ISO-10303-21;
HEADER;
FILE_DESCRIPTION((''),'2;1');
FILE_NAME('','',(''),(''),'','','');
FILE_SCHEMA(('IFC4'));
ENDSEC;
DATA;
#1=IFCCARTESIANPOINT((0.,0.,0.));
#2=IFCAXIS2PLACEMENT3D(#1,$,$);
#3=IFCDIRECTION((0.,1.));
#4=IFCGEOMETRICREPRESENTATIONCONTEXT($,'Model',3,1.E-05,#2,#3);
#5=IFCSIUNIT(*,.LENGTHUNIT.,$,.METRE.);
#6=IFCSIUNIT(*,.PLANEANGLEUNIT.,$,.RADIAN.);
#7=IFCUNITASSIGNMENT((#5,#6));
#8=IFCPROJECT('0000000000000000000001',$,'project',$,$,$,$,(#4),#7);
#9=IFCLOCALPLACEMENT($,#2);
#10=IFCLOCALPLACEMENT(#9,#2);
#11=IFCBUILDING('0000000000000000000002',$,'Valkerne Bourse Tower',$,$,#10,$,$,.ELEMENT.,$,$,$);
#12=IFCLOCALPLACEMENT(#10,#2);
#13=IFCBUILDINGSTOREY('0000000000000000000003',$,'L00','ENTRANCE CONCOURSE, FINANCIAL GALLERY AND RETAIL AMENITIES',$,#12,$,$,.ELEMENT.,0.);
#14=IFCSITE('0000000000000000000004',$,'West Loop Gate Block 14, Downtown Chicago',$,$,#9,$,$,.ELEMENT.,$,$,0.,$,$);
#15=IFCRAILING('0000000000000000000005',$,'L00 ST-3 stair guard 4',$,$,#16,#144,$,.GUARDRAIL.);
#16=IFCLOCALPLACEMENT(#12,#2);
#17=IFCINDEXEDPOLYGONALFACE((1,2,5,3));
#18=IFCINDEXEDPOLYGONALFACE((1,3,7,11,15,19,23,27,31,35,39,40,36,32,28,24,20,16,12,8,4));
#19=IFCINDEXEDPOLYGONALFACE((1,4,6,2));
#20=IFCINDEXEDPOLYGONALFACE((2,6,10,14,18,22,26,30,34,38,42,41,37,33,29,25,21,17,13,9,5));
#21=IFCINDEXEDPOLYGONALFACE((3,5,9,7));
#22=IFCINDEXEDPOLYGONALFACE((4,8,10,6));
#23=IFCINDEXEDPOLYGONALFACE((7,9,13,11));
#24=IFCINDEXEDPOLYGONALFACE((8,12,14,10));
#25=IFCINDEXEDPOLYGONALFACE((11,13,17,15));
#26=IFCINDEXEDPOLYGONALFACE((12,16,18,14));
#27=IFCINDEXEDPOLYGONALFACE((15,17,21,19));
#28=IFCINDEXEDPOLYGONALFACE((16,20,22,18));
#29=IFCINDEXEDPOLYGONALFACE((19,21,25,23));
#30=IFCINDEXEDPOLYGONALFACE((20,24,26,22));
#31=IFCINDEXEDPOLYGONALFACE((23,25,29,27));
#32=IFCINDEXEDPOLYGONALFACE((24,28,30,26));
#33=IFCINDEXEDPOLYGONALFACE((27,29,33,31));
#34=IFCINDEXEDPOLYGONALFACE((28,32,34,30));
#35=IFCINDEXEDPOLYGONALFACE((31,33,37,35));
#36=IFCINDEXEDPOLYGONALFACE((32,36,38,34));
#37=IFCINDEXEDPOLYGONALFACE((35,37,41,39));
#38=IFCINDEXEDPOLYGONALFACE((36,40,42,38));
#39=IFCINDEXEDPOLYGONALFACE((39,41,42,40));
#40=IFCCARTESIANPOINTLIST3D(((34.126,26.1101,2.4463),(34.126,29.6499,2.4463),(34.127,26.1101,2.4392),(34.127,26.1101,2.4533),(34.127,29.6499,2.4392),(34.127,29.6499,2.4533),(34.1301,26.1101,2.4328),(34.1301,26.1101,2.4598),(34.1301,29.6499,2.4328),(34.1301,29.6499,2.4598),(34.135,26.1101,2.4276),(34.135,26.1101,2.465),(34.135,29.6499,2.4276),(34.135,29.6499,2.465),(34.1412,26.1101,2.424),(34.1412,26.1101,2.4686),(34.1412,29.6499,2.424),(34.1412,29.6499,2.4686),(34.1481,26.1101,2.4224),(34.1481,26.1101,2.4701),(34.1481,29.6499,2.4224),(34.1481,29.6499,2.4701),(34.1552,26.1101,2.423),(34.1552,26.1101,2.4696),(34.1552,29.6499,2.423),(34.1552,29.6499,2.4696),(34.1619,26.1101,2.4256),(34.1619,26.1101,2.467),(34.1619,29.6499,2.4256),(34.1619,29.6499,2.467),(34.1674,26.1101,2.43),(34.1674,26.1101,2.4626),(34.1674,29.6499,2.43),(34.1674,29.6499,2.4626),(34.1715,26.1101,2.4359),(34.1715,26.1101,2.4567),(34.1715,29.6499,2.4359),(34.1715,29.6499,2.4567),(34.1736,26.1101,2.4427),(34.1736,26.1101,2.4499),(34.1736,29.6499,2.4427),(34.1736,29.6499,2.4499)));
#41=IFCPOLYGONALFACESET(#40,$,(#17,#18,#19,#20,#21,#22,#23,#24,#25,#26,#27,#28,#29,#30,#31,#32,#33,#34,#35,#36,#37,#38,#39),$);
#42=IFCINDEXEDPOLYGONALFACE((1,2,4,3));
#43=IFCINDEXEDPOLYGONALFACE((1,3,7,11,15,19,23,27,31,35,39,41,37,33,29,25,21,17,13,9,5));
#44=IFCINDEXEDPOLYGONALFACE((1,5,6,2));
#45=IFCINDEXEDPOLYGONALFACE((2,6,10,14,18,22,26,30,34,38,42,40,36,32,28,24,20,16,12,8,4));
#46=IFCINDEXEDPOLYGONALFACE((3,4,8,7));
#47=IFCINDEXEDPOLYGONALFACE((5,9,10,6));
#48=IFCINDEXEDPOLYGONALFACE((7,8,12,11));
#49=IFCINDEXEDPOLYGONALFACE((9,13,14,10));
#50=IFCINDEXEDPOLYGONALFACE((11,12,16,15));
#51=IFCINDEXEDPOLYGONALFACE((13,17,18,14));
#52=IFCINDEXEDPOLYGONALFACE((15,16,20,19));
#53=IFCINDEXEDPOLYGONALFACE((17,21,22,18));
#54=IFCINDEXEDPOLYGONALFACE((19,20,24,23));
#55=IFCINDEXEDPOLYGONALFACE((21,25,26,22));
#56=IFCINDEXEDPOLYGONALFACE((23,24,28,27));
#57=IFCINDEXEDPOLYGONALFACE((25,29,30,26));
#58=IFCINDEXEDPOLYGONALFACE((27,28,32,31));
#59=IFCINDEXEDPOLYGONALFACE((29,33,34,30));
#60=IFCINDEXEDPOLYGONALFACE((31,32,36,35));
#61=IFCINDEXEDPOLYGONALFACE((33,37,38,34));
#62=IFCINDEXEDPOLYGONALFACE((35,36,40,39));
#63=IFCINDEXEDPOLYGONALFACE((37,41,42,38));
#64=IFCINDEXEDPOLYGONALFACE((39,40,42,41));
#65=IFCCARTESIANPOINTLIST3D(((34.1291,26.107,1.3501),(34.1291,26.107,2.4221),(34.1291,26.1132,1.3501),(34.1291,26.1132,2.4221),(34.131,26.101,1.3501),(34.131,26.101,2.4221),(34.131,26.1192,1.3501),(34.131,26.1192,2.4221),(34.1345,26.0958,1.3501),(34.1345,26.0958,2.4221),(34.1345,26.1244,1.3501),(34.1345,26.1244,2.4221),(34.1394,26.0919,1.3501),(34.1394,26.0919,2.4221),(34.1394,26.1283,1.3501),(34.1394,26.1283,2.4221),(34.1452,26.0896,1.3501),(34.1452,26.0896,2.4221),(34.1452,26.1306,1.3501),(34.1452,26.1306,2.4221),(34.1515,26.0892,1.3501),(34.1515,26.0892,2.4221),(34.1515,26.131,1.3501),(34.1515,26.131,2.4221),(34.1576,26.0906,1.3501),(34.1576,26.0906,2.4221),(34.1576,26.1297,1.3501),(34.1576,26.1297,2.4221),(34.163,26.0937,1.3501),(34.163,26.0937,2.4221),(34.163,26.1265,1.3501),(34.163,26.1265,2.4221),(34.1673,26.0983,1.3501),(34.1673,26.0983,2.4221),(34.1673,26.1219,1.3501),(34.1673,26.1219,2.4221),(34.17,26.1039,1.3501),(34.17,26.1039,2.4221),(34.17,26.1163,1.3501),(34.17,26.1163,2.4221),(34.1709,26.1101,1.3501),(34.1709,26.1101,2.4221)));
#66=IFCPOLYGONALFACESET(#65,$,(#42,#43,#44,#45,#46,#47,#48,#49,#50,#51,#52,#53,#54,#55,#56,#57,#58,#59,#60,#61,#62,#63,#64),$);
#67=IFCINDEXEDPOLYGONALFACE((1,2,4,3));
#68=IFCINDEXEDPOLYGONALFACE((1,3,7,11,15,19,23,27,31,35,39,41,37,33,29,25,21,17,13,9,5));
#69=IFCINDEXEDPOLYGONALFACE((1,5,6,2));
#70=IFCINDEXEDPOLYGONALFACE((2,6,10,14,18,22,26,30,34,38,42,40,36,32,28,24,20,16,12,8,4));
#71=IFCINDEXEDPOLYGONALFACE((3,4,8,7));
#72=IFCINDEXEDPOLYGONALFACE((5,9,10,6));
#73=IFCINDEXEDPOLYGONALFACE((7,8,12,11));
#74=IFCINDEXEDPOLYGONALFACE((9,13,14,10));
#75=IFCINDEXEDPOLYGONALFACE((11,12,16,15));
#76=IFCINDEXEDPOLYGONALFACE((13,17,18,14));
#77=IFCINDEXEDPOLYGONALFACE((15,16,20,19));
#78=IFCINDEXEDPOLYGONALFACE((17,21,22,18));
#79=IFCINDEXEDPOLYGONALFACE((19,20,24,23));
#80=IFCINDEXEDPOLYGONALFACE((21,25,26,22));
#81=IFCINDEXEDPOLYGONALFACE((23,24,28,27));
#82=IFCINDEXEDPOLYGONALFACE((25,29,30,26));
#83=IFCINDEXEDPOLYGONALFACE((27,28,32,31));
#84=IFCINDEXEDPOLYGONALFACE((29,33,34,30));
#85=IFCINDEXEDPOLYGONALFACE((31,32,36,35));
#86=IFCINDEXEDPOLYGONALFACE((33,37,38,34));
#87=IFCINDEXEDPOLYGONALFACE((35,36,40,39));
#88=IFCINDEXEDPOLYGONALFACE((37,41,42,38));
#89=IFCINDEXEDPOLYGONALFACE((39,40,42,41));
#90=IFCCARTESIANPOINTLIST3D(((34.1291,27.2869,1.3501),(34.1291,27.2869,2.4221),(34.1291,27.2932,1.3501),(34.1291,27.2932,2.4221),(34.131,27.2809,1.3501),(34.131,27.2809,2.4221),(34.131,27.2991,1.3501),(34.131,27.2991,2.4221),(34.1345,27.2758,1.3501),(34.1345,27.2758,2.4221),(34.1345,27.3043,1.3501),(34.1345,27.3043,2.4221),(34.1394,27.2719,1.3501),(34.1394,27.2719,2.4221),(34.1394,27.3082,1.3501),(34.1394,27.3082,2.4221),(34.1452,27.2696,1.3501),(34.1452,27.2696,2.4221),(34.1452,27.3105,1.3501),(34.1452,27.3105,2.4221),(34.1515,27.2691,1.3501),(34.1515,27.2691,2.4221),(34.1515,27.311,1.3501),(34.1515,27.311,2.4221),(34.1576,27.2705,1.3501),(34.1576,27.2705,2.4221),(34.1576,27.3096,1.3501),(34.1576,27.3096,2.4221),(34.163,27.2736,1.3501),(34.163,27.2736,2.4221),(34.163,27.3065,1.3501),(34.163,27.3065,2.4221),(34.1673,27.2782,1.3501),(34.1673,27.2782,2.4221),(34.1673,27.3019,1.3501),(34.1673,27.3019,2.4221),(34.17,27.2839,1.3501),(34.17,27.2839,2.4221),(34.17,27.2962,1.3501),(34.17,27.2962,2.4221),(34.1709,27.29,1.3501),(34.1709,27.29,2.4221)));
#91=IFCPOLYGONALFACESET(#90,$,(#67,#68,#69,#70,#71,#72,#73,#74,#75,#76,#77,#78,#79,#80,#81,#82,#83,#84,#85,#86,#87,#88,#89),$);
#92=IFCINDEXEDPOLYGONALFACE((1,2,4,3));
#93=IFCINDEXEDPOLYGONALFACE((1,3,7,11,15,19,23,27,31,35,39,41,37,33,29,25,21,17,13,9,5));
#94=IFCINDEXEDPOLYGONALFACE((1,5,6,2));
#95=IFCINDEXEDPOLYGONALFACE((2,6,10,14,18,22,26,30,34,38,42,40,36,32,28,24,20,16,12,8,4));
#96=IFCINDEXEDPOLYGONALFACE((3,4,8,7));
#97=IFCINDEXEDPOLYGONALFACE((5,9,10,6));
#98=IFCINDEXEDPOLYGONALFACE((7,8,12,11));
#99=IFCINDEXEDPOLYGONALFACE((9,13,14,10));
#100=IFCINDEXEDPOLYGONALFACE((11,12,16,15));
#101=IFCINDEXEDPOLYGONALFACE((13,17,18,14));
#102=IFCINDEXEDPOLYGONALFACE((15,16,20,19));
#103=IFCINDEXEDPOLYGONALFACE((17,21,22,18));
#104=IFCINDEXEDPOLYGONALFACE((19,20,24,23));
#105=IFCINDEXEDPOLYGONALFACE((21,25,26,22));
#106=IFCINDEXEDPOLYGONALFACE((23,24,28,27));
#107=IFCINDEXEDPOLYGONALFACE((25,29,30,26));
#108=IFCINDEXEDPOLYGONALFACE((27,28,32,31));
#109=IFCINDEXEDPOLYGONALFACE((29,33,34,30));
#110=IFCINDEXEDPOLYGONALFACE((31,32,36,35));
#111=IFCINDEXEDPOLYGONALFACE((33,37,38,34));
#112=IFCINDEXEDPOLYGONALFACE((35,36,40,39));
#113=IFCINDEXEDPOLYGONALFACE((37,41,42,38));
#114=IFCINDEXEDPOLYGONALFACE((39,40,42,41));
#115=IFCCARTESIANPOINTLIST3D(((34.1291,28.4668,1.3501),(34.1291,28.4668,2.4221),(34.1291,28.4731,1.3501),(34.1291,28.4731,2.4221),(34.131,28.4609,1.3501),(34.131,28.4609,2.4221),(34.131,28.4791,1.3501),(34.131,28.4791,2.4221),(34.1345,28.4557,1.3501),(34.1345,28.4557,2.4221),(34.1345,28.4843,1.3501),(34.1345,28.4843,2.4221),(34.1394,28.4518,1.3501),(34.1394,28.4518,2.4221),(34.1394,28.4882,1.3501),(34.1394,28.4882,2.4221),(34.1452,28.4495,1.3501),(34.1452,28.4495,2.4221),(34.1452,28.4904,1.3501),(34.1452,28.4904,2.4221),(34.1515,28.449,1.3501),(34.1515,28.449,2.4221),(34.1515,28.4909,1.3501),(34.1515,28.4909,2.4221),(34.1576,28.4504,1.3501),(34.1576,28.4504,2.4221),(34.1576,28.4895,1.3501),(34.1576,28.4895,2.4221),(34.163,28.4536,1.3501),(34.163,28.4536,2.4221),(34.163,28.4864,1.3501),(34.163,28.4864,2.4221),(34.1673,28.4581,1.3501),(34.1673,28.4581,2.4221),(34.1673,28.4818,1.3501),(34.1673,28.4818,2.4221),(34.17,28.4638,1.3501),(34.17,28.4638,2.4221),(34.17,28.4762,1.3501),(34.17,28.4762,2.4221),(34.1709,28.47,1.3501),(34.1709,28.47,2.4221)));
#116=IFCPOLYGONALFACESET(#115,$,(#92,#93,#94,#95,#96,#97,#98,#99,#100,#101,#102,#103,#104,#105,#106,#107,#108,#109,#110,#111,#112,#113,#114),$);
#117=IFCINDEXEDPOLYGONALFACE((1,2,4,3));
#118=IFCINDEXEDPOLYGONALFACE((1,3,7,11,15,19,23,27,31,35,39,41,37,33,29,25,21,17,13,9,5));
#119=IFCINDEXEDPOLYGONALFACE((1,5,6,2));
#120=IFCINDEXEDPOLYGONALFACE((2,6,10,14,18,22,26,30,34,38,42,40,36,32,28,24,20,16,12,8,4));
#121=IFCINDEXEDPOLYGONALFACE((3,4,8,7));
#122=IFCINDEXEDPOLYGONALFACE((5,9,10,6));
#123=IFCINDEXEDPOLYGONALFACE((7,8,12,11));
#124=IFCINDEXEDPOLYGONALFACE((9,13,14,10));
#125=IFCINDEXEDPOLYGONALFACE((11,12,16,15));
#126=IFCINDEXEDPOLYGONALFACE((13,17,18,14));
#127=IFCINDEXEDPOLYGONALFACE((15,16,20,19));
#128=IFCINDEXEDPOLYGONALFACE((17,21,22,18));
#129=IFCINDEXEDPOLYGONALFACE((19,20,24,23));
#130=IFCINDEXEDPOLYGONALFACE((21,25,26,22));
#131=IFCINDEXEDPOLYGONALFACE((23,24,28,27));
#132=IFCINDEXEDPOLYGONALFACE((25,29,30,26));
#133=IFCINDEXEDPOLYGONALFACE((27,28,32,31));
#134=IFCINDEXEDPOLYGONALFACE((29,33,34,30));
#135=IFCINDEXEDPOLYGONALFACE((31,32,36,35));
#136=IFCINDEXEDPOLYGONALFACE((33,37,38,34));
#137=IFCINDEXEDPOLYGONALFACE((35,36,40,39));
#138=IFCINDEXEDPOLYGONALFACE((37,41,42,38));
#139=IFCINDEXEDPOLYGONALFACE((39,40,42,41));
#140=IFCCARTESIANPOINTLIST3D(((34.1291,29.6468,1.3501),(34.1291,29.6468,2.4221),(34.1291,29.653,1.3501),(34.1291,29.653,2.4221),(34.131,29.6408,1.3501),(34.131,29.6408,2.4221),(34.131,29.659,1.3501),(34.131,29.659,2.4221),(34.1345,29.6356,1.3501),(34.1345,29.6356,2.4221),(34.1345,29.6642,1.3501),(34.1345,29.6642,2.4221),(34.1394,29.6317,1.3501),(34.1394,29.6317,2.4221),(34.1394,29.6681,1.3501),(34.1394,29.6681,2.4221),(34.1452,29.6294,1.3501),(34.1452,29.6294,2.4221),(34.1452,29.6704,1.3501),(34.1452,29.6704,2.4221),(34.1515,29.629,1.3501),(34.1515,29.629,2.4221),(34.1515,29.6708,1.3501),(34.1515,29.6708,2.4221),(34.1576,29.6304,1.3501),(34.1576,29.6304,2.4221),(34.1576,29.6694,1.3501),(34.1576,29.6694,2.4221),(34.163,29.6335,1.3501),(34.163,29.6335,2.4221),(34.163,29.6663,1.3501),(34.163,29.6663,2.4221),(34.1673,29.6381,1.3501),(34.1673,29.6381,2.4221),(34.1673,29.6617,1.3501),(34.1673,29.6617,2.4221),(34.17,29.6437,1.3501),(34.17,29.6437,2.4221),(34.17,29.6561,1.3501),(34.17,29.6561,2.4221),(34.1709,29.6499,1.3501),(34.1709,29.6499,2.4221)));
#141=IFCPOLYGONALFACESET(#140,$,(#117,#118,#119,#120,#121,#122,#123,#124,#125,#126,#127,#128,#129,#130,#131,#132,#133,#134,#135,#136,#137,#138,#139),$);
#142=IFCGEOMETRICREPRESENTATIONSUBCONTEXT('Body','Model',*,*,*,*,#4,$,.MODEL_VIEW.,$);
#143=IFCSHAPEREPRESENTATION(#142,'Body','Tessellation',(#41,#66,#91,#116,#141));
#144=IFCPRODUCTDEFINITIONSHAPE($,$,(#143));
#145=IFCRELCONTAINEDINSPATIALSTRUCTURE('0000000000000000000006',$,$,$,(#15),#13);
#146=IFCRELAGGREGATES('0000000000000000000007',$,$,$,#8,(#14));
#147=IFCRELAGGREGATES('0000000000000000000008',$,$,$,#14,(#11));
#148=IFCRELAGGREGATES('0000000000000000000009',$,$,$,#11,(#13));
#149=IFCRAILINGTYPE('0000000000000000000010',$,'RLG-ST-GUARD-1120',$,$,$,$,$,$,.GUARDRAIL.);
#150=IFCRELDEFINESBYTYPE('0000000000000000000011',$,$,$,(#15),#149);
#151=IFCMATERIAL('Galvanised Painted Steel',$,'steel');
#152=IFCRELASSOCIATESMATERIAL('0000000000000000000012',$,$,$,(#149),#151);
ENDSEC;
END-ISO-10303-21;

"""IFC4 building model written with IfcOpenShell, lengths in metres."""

from ifc_helpers import new_model, si_unit, direction, frame, origin, origin_2d, place, context, subcontext, project, spatial, circle, extrude, material, type_object, element, save


model = new_model("IFC4")

# Units and contexts
model_context = context("Model", 3, precision=1e-05, world=origin(), true_north=direction((0.0, 1.0)))
body_context = subcontext(model_context, "Body", "Model", "MODEL_VIEW")
ifc_project = project(units=[si_unit("LENGTHUNIT", "METRE"), si_unit("PLANEANGLEUNIT", "RADIAN")], contexts=[model_context])

# Site, building, storey
site_placement = place(None, origin())
site = spatial("IfcSite", under=ifc_project, at=site_placement, Name="West Loop Gate Block 14, Downtown Chicago", CompositionType="ELEMENT", RefElevation=0.0)
building_placement = place(site_placement, origin())
building = spatial("IfcBuilding", under=site, at=building_placement, Name="Valkerne Bourse Tower", CompositionType="ELEMENT")
storey_placement = place(building_placement, origin())
storey = spatial("IfcBuildingStorey", under=building, at=storey_placement, Name="L00", Description="ENTRANCE CONCOURSE, FINANCIAL GALLERY AND RETAIL AMENITIES", CompositionType="ELEMENT", Elevation=0.0)

# Shared definitions
ifc_material_1 = material(Name="Galvanised Painted Steel", Category="steel")

# Railing
railing_type_1 = type_object("IfcRailingType", Name="RLG-ST-GUARD-1120", PredefinedType="GUARDRAIL", material=ifc_material_1)
railing_1_placement = place(storey_placement, frame((34.1499, 26.1101, 1.3501)))
element("IfcRailing", 1, at=railing_1_placement, inside=storey, type_object=railing_type_1, Name="L00 ST-3 stair guard 4", PredefinedType="GUARDRAIL", context=body_context, shape_type="SweptSolid", body=[
    extrude(circle(Radius=0.0239, at=origin_2d()), frame((0.0, 0.0, 1.0962), z_axis=(0.0, 1.0, 0.0), x_axis=(-1.0, 0.0, 0.0)), (0.0, 0.0, 1.0), 3.5398),
    extrude(circle(Radius=0.021, at=origin_2d()), origin(), (0.0, 0.0, 1.0), 1.072),
    extrude(circle(Radius=0.021, at=origin_2d()), frame((0.0, 1.1799, 0.0)), (0.0, 0.0, 1.0), 1.072),
    extrude(circle(Radius=0.021, at=origin_2d()), frame((0.0, 2.3599, 0.0)), (0.0, 0.0, 1.0), 1.072),
    extrude(circle(Radius=0.021, at=origin_2d()), frame((0.0, 3.5398, 0.0)), (0.0, 0.0, 1.0), 1.072),
])

save(model, "model.ifc")
